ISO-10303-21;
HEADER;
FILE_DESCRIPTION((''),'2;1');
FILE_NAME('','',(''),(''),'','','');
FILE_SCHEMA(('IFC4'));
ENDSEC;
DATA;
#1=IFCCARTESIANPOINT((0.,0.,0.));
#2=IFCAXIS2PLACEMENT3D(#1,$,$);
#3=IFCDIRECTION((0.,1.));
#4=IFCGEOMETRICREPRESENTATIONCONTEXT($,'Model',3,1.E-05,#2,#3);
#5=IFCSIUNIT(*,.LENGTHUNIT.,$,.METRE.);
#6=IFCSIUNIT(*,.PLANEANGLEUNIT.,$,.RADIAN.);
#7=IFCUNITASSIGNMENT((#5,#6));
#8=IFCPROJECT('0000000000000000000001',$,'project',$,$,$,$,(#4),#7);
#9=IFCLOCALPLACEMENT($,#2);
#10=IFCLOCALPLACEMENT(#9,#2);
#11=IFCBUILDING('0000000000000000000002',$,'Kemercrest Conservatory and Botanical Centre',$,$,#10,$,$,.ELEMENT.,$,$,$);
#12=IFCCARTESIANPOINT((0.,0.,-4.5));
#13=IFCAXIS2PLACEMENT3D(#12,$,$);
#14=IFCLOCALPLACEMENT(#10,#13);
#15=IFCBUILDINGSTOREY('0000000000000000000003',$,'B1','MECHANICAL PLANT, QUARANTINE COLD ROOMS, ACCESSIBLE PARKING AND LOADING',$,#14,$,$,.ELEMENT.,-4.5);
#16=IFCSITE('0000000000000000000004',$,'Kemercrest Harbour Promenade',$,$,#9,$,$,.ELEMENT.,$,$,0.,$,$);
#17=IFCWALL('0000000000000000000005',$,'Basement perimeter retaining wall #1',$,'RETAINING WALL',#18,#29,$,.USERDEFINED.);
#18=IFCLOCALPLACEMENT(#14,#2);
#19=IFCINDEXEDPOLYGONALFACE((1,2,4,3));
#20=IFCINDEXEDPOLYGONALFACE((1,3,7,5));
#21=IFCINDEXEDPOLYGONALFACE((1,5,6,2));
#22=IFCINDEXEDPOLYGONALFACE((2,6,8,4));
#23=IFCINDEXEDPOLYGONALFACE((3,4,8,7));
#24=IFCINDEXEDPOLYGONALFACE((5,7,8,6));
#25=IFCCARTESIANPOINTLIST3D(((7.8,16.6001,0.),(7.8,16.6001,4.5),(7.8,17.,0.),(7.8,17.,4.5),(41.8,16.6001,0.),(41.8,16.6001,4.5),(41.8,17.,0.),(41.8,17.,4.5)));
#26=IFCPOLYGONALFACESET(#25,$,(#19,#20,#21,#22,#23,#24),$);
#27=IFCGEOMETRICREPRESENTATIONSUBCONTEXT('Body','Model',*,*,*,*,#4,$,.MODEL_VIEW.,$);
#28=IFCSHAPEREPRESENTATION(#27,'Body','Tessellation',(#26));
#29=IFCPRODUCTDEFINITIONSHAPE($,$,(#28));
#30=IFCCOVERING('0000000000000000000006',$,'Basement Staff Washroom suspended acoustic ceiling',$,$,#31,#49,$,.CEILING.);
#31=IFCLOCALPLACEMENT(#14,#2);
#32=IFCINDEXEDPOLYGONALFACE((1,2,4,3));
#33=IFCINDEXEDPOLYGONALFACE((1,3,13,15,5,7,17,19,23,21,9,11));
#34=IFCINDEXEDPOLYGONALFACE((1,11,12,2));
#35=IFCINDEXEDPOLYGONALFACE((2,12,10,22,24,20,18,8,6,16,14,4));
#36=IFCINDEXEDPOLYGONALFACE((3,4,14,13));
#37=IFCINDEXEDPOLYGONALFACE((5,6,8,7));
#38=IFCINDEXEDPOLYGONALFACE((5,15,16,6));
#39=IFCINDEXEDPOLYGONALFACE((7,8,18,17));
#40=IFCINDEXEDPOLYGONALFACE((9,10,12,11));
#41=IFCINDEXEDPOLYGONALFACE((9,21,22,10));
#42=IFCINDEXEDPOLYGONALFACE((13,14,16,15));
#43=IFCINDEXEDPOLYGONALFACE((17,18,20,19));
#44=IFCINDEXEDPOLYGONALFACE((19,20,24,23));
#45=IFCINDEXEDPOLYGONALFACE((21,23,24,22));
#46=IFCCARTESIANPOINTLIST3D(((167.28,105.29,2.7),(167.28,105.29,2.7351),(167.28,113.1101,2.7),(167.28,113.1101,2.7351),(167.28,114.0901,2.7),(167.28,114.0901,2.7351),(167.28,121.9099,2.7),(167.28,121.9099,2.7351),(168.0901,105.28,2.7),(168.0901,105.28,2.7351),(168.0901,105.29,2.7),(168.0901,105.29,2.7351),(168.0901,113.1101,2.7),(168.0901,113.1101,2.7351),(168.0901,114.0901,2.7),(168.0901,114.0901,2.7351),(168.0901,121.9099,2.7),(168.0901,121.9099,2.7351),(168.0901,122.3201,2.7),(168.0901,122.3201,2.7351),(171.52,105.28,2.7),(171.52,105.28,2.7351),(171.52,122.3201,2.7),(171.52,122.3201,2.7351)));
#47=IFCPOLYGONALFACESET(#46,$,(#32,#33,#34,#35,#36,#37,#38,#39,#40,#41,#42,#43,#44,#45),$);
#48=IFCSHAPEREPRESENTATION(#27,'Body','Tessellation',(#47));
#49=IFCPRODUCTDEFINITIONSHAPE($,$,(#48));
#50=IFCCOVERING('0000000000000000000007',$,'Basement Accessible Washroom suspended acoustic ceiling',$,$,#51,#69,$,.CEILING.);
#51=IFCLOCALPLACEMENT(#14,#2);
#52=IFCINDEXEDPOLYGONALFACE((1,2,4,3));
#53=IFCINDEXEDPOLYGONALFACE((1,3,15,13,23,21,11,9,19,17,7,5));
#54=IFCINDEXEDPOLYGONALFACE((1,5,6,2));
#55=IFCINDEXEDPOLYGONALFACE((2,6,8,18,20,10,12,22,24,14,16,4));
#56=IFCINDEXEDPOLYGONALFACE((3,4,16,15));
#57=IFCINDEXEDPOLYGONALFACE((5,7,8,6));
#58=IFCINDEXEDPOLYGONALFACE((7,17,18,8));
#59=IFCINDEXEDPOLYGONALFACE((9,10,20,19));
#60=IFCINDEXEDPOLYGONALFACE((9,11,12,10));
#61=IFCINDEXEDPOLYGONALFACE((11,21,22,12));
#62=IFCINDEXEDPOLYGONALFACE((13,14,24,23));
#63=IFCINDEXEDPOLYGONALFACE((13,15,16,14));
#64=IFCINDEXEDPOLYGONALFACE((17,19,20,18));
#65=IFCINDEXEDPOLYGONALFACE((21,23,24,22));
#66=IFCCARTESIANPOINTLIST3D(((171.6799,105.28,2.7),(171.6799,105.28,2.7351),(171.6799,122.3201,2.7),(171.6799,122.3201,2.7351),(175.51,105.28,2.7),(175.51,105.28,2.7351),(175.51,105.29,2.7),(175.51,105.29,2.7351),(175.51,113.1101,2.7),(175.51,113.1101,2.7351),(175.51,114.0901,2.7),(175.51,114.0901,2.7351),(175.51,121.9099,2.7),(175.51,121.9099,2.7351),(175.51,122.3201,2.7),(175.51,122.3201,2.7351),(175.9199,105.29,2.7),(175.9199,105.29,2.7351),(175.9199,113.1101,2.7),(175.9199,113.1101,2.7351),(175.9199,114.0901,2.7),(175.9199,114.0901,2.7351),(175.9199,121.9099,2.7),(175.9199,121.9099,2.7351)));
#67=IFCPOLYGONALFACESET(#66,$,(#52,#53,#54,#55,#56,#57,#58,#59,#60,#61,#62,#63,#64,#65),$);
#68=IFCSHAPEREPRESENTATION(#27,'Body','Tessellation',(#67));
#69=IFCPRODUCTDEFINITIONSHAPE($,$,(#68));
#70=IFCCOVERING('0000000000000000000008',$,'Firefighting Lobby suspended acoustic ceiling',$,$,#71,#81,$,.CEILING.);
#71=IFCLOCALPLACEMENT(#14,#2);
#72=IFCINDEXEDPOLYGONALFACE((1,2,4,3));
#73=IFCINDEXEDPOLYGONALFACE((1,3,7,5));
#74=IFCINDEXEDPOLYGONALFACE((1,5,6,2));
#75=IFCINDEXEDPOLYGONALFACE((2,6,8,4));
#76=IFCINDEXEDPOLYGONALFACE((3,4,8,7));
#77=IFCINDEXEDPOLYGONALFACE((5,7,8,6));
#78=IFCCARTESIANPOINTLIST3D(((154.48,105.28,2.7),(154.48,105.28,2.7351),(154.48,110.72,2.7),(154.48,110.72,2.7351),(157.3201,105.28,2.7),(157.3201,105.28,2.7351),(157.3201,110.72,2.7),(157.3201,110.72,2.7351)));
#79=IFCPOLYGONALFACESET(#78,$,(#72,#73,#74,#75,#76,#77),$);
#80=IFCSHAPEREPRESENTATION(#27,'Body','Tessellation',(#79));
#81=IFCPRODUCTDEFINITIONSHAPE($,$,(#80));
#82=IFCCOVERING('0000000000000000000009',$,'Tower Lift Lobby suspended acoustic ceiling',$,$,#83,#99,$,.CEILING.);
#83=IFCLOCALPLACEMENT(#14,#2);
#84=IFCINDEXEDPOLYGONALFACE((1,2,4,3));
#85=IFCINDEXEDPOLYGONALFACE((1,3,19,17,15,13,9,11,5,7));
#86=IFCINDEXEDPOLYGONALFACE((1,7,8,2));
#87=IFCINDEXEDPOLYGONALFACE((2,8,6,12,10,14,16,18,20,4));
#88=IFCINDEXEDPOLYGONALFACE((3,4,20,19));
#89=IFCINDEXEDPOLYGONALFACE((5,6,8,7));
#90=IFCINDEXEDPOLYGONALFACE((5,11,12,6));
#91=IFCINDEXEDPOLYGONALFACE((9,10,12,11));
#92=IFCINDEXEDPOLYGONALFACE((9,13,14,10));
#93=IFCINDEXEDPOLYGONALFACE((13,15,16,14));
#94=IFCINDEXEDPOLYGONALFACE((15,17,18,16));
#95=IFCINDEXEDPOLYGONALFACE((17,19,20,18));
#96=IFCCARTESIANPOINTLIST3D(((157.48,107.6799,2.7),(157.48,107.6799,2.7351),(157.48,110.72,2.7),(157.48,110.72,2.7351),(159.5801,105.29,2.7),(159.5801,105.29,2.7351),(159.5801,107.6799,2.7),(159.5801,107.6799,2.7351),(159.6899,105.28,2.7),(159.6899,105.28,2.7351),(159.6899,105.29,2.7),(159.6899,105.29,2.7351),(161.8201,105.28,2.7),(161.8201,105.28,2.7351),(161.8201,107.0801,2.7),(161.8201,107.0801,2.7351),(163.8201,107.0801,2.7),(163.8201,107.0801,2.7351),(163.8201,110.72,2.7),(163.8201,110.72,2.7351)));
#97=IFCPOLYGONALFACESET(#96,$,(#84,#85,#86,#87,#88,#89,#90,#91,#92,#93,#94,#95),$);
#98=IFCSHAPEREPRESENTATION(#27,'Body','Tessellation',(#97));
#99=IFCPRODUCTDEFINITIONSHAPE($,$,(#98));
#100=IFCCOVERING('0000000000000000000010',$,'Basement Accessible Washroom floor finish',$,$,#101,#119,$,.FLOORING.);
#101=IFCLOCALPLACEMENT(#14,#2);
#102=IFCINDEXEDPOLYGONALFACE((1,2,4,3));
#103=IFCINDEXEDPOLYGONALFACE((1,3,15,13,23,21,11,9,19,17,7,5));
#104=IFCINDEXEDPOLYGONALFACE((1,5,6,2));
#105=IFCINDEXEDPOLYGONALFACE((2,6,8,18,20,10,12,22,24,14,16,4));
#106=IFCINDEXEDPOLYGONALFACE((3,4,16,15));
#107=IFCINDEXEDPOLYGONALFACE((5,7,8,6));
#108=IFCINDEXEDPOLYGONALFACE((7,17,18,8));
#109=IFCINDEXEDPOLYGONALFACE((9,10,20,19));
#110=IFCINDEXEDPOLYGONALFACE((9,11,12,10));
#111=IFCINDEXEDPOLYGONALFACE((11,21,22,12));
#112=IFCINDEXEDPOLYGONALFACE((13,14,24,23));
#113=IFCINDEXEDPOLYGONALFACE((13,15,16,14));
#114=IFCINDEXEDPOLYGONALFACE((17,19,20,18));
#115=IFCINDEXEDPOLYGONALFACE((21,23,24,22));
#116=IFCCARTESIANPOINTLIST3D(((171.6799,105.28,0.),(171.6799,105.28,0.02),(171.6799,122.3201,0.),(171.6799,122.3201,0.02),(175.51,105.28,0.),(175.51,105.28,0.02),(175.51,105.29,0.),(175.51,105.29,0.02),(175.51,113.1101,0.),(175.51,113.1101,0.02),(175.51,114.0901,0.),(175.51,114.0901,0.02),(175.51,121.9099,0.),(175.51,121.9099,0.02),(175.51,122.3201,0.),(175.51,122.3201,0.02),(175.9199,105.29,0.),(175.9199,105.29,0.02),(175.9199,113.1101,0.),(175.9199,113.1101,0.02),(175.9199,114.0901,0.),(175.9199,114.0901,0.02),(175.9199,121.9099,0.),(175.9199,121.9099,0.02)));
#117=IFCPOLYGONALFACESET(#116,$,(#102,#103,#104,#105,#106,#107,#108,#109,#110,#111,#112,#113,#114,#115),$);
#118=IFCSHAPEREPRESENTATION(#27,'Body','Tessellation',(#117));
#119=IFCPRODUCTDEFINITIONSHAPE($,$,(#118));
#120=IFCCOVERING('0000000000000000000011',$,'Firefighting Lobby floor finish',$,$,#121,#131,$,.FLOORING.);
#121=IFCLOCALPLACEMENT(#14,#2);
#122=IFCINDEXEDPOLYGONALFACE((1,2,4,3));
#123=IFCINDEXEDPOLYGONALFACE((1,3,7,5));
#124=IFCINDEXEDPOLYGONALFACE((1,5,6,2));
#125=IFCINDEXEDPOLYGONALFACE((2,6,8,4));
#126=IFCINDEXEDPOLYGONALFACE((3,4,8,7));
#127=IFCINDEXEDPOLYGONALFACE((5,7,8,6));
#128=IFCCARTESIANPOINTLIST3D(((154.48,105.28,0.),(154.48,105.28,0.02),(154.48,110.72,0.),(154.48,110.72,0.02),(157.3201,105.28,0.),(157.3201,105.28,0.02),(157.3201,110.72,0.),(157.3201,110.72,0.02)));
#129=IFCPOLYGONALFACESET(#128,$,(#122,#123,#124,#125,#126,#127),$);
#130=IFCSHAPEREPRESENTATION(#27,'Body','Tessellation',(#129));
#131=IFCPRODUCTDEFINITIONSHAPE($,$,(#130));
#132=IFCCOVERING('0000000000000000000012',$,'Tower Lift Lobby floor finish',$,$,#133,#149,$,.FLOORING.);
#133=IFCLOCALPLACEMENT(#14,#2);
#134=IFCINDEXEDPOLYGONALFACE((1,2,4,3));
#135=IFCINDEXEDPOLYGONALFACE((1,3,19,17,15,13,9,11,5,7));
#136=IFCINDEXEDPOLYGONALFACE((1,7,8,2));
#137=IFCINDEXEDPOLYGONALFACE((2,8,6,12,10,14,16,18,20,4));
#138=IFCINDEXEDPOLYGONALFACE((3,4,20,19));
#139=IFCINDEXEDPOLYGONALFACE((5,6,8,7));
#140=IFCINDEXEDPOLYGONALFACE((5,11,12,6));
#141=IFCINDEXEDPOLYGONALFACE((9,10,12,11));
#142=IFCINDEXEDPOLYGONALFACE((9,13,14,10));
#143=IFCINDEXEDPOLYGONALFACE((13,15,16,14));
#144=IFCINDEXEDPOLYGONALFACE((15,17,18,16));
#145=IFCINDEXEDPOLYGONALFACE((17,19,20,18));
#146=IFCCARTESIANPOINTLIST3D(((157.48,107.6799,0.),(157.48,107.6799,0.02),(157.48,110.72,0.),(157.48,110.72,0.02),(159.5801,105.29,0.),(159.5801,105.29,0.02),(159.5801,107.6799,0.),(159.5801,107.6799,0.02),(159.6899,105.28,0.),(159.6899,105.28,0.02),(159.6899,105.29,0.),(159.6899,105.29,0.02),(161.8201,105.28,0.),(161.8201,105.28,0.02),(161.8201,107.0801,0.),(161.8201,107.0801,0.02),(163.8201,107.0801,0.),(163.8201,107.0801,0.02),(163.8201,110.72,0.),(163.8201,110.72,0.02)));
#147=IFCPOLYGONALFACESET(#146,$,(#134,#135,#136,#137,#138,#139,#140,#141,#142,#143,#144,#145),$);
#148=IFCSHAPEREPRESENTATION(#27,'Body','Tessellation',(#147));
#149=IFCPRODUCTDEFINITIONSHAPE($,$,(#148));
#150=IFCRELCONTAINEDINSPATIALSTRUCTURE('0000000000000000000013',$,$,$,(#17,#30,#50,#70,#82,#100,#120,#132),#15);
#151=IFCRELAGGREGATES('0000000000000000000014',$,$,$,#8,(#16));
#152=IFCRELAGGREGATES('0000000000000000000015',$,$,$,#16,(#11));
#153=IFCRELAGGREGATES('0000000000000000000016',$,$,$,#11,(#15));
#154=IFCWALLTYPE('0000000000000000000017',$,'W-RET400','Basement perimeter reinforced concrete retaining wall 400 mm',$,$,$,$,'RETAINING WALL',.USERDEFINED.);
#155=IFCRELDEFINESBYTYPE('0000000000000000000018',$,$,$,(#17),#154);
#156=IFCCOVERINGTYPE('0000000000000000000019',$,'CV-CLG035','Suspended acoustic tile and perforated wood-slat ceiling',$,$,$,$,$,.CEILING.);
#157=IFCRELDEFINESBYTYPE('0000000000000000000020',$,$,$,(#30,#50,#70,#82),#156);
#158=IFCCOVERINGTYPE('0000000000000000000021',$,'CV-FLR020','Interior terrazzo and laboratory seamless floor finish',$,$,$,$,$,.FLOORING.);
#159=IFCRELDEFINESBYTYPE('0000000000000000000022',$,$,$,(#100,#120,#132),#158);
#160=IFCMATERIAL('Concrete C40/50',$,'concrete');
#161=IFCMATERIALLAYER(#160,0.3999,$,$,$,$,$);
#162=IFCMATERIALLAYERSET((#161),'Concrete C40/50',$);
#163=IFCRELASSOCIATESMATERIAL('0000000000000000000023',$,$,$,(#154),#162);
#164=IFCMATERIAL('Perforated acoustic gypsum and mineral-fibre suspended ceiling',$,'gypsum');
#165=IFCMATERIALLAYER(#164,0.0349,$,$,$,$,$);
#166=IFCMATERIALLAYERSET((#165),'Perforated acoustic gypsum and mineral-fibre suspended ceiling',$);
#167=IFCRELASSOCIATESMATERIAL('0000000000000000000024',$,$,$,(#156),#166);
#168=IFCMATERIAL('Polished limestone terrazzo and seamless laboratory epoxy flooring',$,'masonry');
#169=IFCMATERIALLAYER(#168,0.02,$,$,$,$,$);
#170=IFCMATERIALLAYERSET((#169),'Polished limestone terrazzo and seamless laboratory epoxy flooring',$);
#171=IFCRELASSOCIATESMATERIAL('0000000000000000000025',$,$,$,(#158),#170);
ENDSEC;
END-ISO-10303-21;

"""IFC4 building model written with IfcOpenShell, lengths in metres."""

from ifc_helpers import new_model, si_unit, direction, frame, frame_2d, origin, place, context, subcontext, project, spatial, polyline, rectangle, outline, extrude, material, layer, layer_set, type_object, element, save


model = new_model("IFC4")

# Units and contexts
model_context = context("Model", 3, precision=1e-05, world=origin(), true_north=direction((0.0, 1.0)))
body_context = subcontext(model_context, "Body", "Model", "MODEL_VIEW")
ifc_project = project(units=[si_unit("LENGTHUNIT", "METRE"), si_unit("PLANEANGLEUNIT", "RADIAN")], contexts=[model_context])

# Site, building, storey
site_placement = place(None, origin())
site = spatial("IfcSite", under=ifc_project, at=site_placement, Name="Kemercrest Harbour Promenade", CompositionType="ELEMENT", RefElevation=0.0)
building_placement = place(site_placement, origin())
building = spatial("IfcBuilding", under=site, at=building_placement, Name="Kemercrest Conservatory and Botanical Centre", CompositionType="ELEMENT")
storey_placement = place(building_placement, frame((0.0, 0.0, -4.5)))
storey = spatial("IfcBuildingStorey", under=building, at=storey_placement, Name="B1", Description="MECHANICAL PLANT, QUARANTINE COLD ROOMS, ACCESSIBLE PARKING AND LOADING", CompositionType="ELEMENT", Elevation=-4.5)

# Shared definitions
ifc_material_1 = material(Name="Concrete C40/50", Category="concrete")

# Wall
ifc_layer_1 = layer(ifc_material_1, 0.3999)
ifc_layer_set_1 = layer_set([ifc_layer_1], Name="Concrete C40/50")
wall_type = type_object("IfcWallType", Name="W-RET400", Description="Basement perimeter reinforced concrete retaining wall 400 mm", ElementType="RETAINING WALL", PredefinedType="USERDEFINED", material=ifc_layer_set_1)
wall_placement = place(storey_placement, frame((7.8, 16.8, 0.0), z_axis=(0.0, 0.0, 1.0), x_axis=(1.0, 0.0, 0.0)))
element("IfcWall", 1, at=wall_placement, inside=storey, type_object=wall_type, Name="Basement perimeter retaining wall #1", ObjectType="RETAINING WALL", PredefinedType="USERDEFINED", context=body_context, shape_type="SweptSolid", body=[
    extrude(rectangle(XDim=34.0, YDim=0.3999, at=frame_2d((17.0, 0.0))), origin(), (0.0, 0.0, 1.0), 4.5),
])

# Coverings
ifc_material_2 = material(Name="Perforated acoustic gypsum and mineral-fibre suspended ceiling", Category="gypsum")
ifc_layer_2 = layer(ifc_material_2, 0.0349)
ifc_layer_set_2 = layer_set([ifc_layer_2], Name="Perforated acoustic gypsum and mineral-fibre suspended ceiling")
covering_type_1 = type_object("IfcCoveringType", Name="CV-CLG035", Description="Suspended acoustic tile and perforated wood-slat ceiling", PredefinedType="CEILING", material=ifc_layer_set_2)
covering_1_placement = place(storey_placement, frame((0.0, 0.0, 2.7)))
element("IfcCovering", 2, at=covering_1_placement, inside=storey, type_object=covering_type_1, Name="Basement Staff Washroom suspended acoustic ceiling", PredefinedType="CEILING", context=body_context, shape_type="SweptSolid", body=[
    extrude(outline(polyline([(168.0901, 105.28), (171.52, 105.28), (171.52, 122.3201), (168.0901, 122.3201), (168.0901, 121.9099), (167.28, 121.9099), (167.28, 114.0901), (168.0901, 114.0901), (168.0901, 113.1101), (167.28, 113.1101), (167.28, 105.29), (168.0901, 105.29), (168.0901, 105.28)])), origin(), (0.0, 0.0, 1.0), 0.0352),
])
covering_2_placement = place(storey_placement, frame((0.0, 0.0, 2.7)))
element("IfcCovering", 3, at=covering_2_placement, inside=storey, type_object=covering_type_1, Name="Basement Accessible Washroom suspended acoustic ceiling", PredefinedType="CEILING", context=body_context, shape_type="SweptSolid", body=[
    extrude(outline(polyline([(171.6799, 105.28), (175.51, 105.28), (175.51, 105.29), (175.9199, 105.29), (175.9199, 113.1101), (175.51, 113.1101), (175.51, 114.0901), (175.9199, 114.0901), (175.9199, 121.9099), (175.51, 121.9099), (175.51, 122.3201), (171.6799, 122.3201), (171.6799, 105.28)])), origin(), (0.0, 0.0, 1.0), 0.0352),
])
covering_3_placement = place(storey_placement, frame((0.0, 0.0, 2.7)))
element("IfcCovering", 4, at=covering_3_placement, inside=storey, type_object=covering_type_1, Name="Firefighting Lobby suspended acoustic ceiling", PredefinedType="CEILING", context=body_context, shape_type="SweptSolid", body=[
    extrude(outline(polyline([(154.48, 105.28), (157.3201, 105.28), (157.3201, 110.72), (154.48, 110.72), (154.48, 105.28)])), origin(), (0.0, 0.0, 1.0), 0.0352),
])
covering_4_placement = place(storey_placement, frame((0.0, 0.0, 2.7)))
element("IfcCovering", 5, at=covering_4_placement, inside=storey, type_object=covering_type_1, Name="Tower Lift Lobby suspended acoustic ceiling", PredefinedType="CEILING", context=body_context, shape_type="SweptSolid", body=[
    extrude(outline(polyline([(159.5801, 107.6799), (159.5801, 105.29), (159.6899, 105.29), (159.6899, 105.28), (161.8201, 105.28), (161.8201, 107.0801), (163.8201, 107.0801), (163.8201, 110.72), (157.48, 110.72), (157.48, 107.6799), (159.5801, 107.6799)])), origin(), (0.0, 0.0, 1.0), 0.0352),
])
ifc_material_3 = material(Name="Polished limestone terrazzo and seamless laboratory epoxy flooring", Category="masonry")
ifc_layer_3 = layer(ifc_material_3, 0.02)
ifc_layer_set_3 = layer_set([ifc_layer_3], Name="Polished limestone terrazzo and seamless laboratory epoxy flooring")
covering_type_2 = type_object("IfcCoveringType", Name="CV-FLR020", Description="Interior terrazzo and laboratory seamless floor finish", PredefinedType="FLOORING", material=ifc_layer_set_3)
covering_5_placement = place(storey_placement, origin())
element("IfcCovering", 6, at=covering_5_placement, inside=storey, type_object=covering_type_2, Name="Basement Accessible Washroom floor finish", PredefinedType="FLOORING", context=body_context, shape_type="SweptSolid", body=[
    extrude(outline(polyline([(171.6799, 105.28), (175.51, 105.28), (175.51, 105.29), (175.9199, 105.29), (175.9199, 113.1101), (175.51, 113.1101), (175.51, 114.0901), (175.9199, 114.0901), (175.9199, 121.9099), (175.51, 121.9099), (175.51, 122.3201), (171.6799, 122.3201), (171.6799, 105.28)])), origin(), (0.0, 0.0, 1.0), 0.02),
])
covering_6_placement = place(storey_placement, origin())
element("IfcCovering", 7, at=covering_6_placement, inside=storey, type_object=covering_type_2, Name="Firefighting Lobby floor finish", PredefinedType="FLOORING", context=body_context, shape_type="SweptSolid", body=[
    extrude(outline(polyline([(154.48, 105.28), (157.3201, 105.28), (157.3201, 110.72), (154.48, 110.72), (154.48, 105.28)])), origin(), (0.0, 0.0, 1.0), 0.02),
])
covering_7_placement = place(storey_placement, origin())
element("IfcCovering", 8, at=covering_7_placement, inside=storey, type_object=covering_type_2, Name="Tower Lift Lobby floor finish", PredefinedType="FLOORING", context=body_context, shape_type="SweptSolid", body=[
    extrude(outline(polyline([(159.5801, 107.6799), (159.5801, 105.29), (159.6899, 105.29), (159.6899, 105.28), (161.8201, 105.28), (161.8201, 107.0801), (163.8201, 107.0801), (163.8201, 110.72), (157.48, 110.72), (157.48, 107.6799), (159.5801, 107.6799)])), origin(), (0.0, 0.0, 1.0), 0.02),
])

save(model, "model.ifc")
